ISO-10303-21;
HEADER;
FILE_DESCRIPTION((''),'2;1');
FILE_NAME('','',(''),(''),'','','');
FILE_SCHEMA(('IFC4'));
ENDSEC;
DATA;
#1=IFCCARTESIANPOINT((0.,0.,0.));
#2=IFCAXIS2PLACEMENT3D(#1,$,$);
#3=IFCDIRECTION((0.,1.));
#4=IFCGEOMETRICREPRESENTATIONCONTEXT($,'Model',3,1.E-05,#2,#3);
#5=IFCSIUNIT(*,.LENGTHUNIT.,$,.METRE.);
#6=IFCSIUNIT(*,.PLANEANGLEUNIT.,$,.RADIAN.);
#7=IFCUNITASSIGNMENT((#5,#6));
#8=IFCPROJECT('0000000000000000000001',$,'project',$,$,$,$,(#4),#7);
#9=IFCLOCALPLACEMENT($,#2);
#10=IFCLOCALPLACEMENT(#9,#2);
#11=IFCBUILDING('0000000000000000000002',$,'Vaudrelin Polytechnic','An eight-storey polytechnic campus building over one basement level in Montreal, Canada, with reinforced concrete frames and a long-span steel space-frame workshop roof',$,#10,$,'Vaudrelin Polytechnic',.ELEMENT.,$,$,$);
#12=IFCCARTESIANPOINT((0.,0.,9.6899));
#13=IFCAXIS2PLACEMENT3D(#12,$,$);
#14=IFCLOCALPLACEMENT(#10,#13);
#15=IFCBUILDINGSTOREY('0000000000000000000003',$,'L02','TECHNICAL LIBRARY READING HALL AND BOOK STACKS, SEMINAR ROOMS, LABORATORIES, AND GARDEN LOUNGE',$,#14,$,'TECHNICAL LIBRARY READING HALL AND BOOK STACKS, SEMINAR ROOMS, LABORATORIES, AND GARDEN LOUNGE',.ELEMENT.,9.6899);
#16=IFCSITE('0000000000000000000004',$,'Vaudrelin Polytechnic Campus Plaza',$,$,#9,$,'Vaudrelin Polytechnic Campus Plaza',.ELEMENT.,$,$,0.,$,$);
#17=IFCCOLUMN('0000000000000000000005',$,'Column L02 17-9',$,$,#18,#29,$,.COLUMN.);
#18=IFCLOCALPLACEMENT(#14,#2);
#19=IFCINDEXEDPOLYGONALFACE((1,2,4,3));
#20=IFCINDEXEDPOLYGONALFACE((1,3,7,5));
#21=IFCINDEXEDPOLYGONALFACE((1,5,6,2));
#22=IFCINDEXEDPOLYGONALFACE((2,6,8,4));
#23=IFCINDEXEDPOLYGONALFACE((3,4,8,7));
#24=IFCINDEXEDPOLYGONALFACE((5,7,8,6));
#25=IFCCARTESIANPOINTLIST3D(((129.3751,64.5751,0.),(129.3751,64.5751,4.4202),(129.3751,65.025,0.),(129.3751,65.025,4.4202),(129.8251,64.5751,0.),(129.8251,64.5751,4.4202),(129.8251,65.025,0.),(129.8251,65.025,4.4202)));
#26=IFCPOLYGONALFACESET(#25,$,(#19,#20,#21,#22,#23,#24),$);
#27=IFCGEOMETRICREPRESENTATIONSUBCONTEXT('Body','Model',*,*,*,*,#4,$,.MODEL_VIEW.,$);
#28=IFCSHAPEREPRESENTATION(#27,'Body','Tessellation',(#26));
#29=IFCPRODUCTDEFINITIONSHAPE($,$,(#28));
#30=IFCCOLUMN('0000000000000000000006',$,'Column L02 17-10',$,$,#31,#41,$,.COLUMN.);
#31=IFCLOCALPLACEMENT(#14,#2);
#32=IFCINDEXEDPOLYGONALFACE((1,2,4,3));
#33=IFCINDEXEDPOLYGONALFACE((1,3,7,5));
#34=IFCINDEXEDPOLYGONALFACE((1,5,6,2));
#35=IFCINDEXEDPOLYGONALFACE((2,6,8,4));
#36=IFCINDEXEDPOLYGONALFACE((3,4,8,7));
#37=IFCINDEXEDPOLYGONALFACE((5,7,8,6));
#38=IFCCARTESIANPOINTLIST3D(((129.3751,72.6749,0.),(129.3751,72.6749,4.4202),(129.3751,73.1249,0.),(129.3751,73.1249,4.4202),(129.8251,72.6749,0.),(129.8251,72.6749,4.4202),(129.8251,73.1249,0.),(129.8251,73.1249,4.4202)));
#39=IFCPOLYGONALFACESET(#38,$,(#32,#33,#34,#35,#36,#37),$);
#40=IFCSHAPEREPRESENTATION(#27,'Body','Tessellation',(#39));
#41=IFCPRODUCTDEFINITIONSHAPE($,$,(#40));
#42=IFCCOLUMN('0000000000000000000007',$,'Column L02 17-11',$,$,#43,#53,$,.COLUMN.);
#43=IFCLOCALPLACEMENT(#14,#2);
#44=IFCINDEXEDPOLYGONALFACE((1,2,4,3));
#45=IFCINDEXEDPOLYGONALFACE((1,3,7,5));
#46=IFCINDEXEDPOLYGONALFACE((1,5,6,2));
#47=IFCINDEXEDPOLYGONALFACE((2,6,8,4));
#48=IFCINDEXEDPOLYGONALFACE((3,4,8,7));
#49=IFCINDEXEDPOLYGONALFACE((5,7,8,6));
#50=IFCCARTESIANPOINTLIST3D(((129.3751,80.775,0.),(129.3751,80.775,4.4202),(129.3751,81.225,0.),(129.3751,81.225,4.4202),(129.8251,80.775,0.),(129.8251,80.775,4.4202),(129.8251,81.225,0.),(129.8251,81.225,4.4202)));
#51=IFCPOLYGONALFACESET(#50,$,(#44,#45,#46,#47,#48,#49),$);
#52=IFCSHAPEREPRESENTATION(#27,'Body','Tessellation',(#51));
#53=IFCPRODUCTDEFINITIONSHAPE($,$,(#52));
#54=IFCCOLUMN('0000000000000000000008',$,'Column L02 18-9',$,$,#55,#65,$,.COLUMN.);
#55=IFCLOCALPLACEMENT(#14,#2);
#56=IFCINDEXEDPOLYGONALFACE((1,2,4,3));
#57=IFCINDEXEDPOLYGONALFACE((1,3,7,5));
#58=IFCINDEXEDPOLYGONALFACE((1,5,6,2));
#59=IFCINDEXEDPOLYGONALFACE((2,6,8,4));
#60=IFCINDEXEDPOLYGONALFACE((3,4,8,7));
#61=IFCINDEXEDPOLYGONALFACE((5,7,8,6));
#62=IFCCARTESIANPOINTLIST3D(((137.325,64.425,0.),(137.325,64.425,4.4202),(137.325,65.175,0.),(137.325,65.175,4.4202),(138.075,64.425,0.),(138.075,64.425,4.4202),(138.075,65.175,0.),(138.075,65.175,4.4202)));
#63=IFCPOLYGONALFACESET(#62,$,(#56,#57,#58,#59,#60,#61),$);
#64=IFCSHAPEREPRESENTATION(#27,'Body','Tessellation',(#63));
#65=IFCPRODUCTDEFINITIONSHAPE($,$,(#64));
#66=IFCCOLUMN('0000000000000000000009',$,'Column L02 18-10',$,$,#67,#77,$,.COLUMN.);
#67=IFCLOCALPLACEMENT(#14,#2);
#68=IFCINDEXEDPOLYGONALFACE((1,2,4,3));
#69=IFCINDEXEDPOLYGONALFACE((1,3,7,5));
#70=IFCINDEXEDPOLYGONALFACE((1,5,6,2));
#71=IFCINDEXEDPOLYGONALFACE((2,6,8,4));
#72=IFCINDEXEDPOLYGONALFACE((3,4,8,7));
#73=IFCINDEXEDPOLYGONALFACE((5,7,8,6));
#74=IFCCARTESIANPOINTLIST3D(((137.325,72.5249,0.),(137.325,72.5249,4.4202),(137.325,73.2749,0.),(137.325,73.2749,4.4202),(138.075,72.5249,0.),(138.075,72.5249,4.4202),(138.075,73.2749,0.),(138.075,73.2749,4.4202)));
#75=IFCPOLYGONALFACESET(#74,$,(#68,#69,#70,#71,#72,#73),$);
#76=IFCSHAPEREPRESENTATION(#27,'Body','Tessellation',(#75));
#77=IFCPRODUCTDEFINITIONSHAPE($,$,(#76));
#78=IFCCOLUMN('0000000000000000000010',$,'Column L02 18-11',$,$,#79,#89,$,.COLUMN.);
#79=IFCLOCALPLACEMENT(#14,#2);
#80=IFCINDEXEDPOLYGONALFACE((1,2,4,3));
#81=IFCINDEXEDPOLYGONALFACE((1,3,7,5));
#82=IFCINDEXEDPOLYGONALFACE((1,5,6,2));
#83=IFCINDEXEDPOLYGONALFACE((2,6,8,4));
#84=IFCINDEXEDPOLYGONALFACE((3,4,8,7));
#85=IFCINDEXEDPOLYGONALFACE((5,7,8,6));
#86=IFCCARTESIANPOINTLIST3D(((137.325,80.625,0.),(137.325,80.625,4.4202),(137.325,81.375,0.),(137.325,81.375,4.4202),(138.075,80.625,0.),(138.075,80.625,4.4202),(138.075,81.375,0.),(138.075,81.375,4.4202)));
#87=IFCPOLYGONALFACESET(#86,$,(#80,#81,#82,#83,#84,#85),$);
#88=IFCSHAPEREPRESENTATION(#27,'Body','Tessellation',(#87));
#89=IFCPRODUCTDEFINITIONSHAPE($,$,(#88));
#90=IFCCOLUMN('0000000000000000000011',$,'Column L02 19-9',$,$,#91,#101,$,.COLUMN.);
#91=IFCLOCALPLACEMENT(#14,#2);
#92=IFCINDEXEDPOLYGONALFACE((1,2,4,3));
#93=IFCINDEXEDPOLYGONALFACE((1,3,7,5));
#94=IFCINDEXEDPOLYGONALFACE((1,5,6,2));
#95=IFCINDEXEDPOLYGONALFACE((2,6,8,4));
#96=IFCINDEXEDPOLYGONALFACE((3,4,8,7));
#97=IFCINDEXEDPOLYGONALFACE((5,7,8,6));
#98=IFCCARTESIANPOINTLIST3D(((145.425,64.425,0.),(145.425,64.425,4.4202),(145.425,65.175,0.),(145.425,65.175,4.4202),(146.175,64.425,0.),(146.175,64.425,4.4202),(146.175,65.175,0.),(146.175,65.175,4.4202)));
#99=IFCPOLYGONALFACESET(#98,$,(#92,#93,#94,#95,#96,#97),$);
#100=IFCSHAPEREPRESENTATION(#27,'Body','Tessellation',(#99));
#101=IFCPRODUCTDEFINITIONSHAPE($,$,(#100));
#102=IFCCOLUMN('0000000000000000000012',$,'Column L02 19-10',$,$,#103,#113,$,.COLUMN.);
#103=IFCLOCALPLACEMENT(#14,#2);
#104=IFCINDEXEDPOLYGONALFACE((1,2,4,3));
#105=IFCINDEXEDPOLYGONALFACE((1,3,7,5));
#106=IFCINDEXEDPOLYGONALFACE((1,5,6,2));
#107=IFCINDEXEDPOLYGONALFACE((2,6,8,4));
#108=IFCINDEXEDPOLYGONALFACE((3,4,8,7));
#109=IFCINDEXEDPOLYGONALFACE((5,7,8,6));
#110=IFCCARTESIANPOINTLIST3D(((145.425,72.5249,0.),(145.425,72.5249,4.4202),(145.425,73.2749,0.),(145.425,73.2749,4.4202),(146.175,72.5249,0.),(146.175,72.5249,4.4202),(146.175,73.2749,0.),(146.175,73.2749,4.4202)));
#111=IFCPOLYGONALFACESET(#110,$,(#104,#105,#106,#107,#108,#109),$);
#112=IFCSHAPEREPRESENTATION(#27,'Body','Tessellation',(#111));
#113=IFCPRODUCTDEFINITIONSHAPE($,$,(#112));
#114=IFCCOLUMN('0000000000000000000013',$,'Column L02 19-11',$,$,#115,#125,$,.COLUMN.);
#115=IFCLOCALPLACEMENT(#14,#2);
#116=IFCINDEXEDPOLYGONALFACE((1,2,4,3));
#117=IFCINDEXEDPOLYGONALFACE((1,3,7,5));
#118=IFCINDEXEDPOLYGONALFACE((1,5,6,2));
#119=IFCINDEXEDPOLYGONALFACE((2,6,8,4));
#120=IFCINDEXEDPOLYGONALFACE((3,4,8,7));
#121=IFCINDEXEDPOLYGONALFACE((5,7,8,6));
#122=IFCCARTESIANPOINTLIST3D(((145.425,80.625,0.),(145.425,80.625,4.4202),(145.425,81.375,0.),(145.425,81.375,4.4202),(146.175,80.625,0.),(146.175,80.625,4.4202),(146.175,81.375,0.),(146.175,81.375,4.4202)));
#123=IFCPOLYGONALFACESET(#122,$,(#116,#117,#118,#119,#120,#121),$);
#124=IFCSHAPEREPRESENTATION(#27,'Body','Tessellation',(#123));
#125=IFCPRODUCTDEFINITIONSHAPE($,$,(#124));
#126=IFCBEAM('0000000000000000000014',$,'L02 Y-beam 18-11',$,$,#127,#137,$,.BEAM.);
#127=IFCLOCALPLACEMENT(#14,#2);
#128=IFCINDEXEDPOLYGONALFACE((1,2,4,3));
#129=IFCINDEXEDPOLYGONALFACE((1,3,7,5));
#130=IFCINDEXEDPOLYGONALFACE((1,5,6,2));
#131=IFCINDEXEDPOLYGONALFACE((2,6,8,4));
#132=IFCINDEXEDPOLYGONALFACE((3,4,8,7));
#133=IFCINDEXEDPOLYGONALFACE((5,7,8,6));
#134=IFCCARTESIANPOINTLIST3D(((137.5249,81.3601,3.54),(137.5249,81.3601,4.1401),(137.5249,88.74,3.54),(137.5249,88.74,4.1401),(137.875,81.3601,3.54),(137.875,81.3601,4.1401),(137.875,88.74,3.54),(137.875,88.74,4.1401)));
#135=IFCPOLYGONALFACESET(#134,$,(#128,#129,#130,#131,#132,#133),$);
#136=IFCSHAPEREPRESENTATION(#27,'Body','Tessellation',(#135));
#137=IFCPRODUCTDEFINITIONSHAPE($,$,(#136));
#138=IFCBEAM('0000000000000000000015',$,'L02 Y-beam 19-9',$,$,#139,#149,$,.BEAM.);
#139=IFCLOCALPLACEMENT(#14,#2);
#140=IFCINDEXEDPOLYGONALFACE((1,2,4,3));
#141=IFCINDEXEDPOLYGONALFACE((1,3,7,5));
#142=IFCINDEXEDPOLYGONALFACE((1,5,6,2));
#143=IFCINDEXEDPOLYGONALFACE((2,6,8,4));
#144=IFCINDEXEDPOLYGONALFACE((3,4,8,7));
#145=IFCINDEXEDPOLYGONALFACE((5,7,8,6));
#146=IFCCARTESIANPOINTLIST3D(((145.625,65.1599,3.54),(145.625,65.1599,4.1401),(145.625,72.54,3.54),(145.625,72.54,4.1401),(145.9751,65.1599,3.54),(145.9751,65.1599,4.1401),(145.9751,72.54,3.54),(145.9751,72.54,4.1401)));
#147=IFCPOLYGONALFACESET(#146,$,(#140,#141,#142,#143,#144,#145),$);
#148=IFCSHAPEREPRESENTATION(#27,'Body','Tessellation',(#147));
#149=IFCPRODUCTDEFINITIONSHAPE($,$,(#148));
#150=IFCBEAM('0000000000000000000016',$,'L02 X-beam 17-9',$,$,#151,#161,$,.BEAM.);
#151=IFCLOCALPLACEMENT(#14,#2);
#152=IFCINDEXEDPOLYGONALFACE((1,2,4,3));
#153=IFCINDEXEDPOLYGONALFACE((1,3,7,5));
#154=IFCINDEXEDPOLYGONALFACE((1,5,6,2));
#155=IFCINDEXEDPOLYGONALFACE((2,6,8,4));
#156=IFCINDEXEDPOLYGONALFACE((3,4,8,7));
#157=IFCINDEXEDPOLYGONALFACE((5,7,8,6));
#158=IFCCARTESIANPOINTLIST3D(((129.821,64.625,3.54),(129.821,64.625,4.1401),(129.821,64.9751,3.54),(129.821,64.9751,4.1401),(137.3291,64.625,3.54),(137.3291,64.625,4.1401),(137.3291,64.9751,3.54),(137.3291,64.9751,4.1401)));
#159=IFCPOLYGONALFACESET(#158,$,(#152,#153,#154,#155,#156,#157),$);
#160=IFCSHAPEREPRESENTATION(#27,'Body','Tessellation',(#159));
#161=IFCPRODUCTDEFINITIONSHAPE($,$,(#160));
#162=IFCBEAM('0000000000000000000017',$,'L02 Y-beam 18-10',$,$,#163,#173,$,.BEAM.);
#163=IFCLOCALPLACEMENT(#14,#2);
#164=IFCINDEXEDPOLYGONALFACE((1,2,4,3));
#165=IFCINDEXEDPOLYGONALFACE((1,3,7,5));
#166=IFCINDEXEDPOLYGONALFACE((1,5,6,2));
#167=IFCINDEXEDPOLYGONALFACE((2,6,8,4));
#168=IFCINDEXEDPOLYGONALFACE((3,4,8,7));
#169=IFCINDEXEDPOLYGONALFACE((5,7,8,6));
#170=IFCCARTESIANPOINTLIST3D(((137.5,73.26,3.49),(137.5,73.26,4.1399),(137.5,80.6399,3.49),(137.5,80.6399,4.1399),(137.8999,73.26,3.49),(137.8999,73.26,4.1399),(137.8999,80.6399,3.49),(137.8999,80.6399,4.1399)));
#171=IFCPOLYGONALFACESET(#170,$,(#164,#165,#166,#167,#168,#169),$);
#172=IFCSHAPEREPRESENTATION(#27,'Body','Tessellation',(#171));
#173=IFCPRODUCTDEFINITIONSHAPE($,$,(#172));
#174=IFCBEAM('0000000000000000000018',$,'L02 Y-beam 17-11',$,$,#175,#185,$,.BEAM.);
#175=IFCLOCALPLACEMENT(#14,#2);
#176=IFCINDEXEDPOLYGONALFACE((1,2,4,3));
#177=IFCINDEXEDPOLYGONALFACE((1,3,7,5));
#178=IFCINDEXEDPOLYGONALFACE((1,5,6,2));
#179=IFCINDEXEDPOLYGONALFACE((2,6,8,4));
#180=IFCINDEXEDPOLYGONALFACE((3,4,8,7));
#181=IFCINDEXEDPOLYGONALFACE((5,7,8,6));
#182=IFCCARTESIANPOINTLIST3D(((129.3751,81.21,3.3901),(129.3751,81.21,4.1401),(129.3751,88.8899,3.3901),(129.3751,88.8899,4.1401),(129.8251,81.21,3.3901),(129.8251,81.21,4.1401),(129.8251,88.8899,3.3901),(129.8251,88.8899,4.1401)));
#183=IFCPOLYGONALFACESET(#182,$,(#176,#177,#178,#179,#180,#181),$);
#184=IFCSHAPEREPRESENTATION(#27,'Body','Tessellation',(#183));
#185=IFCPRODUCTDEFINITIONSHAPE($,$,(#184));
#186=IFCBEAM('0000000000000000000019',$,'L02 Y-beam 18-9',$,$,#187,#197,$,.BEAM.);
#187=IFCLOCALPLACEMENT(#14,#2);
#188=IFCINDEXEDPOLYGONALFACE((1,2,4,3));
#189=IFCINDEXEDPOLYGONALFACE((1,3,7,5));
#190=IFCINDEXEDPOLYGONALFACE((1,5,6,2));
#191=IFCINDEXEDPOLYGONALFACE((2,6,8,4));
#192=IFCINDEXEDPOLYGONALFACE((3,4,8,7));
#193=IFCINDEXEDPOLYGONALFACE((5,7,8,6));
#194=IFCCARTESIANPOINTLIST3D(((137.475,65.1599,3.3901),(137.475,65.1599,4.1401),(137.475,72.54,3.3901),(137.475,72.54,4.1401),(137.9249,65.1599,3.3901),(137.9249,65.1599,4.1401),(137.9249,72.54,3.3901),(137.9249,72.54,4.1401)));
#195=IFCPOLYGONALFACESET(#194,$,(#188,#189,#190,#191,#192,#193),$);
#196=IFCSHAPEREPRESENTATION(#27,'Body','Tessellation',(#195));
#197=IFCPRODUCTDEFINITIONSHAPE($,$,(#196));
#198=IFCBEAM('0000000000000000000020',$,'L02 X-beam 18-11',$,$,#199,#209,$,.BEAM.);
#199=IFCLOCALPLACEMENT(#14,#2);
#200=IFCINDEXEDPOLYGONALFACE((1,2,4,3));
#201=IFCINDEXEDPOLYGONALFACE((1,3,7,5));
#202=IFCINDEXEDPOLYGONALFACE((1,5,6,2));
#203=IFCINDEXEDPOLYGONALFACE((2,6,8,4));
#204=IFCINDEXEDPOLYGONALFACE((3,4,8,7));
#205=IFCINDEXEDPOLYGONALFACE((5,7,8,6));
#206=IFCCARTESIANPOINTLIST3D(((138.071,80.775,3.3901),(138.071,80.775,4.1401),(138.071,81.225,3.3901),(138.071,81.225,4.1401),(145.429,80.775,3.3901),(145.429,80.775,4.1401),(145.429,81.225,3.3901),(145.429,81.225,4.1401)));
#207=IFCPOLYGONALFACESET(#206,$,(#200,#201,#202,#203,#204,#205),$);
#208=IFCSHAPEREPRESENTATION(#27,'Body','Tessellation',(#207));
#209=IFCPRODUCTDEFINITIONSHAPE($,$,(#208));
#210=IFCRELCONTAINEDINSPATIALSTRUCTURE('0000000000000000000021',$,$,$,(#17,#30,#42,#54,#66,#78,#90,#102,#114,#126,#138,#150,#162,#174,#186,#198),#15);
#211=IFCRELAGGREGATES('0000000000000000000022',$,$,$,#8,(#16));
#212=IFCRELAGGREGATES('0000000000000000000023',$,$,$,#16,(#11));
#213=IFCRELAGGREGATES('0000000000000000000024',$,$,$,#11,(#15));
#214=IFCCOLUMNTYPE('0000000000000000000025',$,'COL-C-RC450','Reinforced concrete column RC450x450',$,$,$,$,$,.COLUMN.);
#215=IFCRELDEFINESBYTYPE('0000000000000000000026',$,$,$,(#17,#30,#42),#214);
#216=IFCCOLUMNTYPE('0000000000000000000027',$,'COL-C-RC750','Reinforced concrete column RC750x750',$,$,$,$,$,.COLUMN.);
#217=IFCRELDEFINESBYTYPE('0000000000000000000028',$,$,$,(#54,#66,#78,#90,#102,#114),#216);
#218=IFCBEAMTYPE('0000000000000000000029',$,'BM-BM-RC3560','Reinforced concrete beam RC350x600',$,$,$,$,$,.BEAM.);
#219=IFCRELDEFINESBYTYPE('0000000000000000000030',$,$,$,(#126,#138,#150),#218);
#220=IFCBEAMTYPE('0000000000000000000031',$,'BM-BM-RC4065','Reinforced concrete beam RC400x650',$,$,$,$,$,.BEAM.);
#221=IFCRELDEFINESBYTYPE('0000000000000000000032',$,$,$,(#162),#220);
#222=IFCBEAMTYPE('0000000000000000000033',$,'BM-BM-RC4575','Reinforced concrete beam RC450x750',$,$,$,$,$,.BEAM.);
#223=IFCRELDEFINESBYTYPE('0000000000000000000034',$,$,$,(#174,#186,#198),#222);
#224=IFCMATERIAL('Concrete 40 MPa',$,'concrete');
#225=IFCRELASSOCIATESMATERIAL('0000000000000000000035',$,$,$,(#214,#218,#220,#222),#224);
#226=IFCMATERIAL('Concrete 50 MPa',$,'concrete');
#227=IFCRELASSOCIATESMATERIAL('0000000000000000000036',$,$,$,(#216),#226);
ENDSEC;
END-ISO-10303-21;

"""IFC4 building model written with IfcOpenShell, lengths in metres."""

from ifc_helpers import new_model, si_unit, direction, frame, origin, origin_2d, place, context, subcontext, project, spatial, rectangle, extrude, material, material_profile, profile_set, type_object, element, save


model = new_model("IFC4")

# Units and contexts
model_context = context("Model", 3, precision=1e-05, world=origin(), true_north=direction((0.0, 1.0)))
body_context = subcontext(model_context, "Body", "Model", "MODEL_VIEW")
ifc_project = project(units=[si_unit("LENGTHUNIT", "METRE"), si_unit("PLANEANGLEUNIT", "RADIAN")], contexts=[model_context])

# Site, building, storey
site_placement = place(None, origin())
site = spatial("IfcSite", under=ifc_project, at=site_placement, Name="Vaudrelin Polytechnic Campus Plaza", LongName="Vaudrelin Polytechnic Campus Plaza", CompositionType="ELEMENT", RefElevation=0.0)
building_placement = place(site_placement, origin())
building = spatial("IfcBuilding", under=site, at=building_placement, Name="Vaudrelin Polytechnic", Description="An eight-storey polytechnic campus building over one basement level in Montreal, Canada, with reinforced concrete frames and a long-span steel space-frame workshop roof", LongName="Vaudrelin Polytechnic", CompositionType="ELEMENT")
storey_placement = place(building_placement, frame((0.0, 0.0, 9.6899)))
storey = spatial("IfcBuildingStorey", under=building, at=storey_placement, Name="L02", Description="TECHNICAL LIBRARY READING HALL AND BOOK STACKS, SEMINAR ROOMS, LABORATORIES, AND GARDEN LOUNGE", LongName="TECHNICAL LIBRARY READING HALL AND BOOK STACKS, SEMINAR ROOMS, LABORATORIES, AND GARDEN LOUNGE", CompositionType="ELEMENT", Elevation=9.6899)

# Columns
ifc_material_1 = material(Name="Concrete 40 MPa", Category="concrete")
ifc_material_profile_1 = material_profile(ifc_material_1, rectangle(XDim=0.45, YDim=0.45, at=origin_2d()), Name="RC450x450")
ifc_profile_set_1 = profile_set([ifc_material_profile_1], Name="Concrete 40 MPa")
column_type_1 = type_object("IfcColumnType", Name="COL-C-RC450", Description="Reinforced concrete column RC450x450", PredefinedType="COLUMN", material=ifc_profile_set_1)
for number, where, z_axis, x_axis, name in (
    (1, (129.6001, 64.8, 0.0), (0.0, 0.0, 1.0), (1.0, 0.0, 0.0), "Column L02 17-9"),
    (2, (129.6001, 72.8999, 0.0), (0.0, 0.0, 1.0), (1.0, 0.0, 0.0), "Column L02 17-10"),
    (3, (129.6001, 81.0, 0.0), (0.0, 0.0, 1.0), (1.0, 0.0, 0.0), "Column L02 17-11"),
):
    element("IfcColumn", number, at=place(storey_placement, frame(where, z_axis=z_axis, x_axis=x_axis)), inside=storey, type_object=column_type_1, Name=name, PredefinedType="COLUMN", context=body_context, shape_type="SweptSolid", body=[
        extrude(rectangle(XDim=0.45, YDim=0.45, at=origin_2d()), origin(), (0.0, 0.0, 1.0), 4.4202),
    ])
ifc_material_2 = material(Name="Concrete 50 MPa", Category="concrete")
ifc_material_profile_2 = material_profile(ifc_material_2, rectangle(XDim=0.75, YDim=0.75, at=origin_2d()), Name="RC750x750")
ifc_profile_set_2 = profile_set([ifc_material_profile_2], Name="Concrete 50 MPa")
column_type_2 = type_object("IfcColumnType", Name="COL-C-RC750", Description="Reinforced concrete column RC750x750", PredefinedType="COLUMN", material=ifc_profile_set_2)
for number, where, z_axis, x_axis, name in (
    (4, (137.7, 64.8, 0.0), (0.0, 0.0, 1.0), (1.0, 0.0, 0.0), "Column L02 18-9"),
    (5, (137.7, 72.8999, 0.0), (0.0, 0.0, 1.0), (1.0, 0.0, 0.0), "Column L02 18-10"),
    (6, (137.7, 81.0, 0.0), (0.0, 0.0, 1.0), (1.0, 0.0, 0.0), "Column L02 18-11"),
    (7, (145.8, 64.8, 0.0), (0.0, 0.0, 1.0), (1.0, 0.0, 0.0), "Column L02 19-9"),
    (8, (145.8, 72.8999, 0.0), (0.0, 0.0, 1.0), (1.0, 0.0, 0.0), "Column L02 19-10"),
    (9, (145.8, 81.0, 0.0), (0.0, 0.0, 1.0), (1.0, 0.0, 0.0), "Column L02 19-11"),
):
    element("IfcColumn", number, at=place(storey_placement, frame(where, z_axis=z_axis, x_axis=x_axis)), inside=storey, type_object=column_type_2, Name=name, PredefinedType="COLUMN", context=body_context, shape_type="SweptSolid", body=[
        extrude(rectangle(XDim=0.75, YDim=0.75, at=origin_2d()), origin(), (0.0, 0.0, 1.0), 4.4202),
    ])

# Beams
ifc_material_profile_3 = material_profile(ifc_material_1, rectangle(XDim=0.3501, YDim=0.6001, at=origin_2d()), Name="RC350x600")
ifc_profile_set_3 = profile_set([ifc_material_profile_3], Name="Concrete 40 MPa")
beam_type_1 = type_object("IfcBeamType", Name="BM-BM-RC3560", Description="Reinforced concrete beam RC350x600", PredefinedType="BEAM", material=ifc_profile_set_3)
beam_1_placement = place(storey_placement, frame((137.7, 81.3601, 3.8401), z_axis=(0.0, 1.0, 0.0), x_axis=(-1.0, 0.0, 0.0)))
element("IfcBeam", 10, at=beam_1_placement, inside=storey, type_object=beam_type_1, Name="L02 Y-beam 18-11", PredefinedType="BEAM", context=body_context, shape_type="SweptSolid", body=[
    extrude(rectangle(XDim=0.3501, YDim=0.6001, at=origin_2d()), origin(), (0.0, 0.0, 1.0), 7.3799),
])
beam_2_placement = place(storey_placement, frame((145.8, 65.1599, 3.8401), z_axis=(0.0, 1.0, 0.0), x_axis=(-1.0, 0.0, 0.0)))
element("IfcBeam", 11, at=beam_2_placement, inside=storey, type_object=beam_type_1, Name="L02 Y-beam 19-9", PredefinedType="BEAM", context=body_context, shape_type="SweptSolid", body=[
    extrude(rectangle(XDim=0.3501, YDim=0.6001, at=origin_2d()), origin(), (0.0, 0.0, 1.0), 7.3801),
])
beam_3_placement = place(storey_placement, frame((129.821, 64.8, 3.8401), z_axis=(1.0, 0.0, 0.0), x_axis=(0.0, 1.0, 0.0)))
element("IfcBeam", 12, at=beam_3_placement, inside=storey, type_object=beam_type_1, Name="L02 X-beam 17-9", PredefinedType="BEAM", context=body_context, shape_type="SweptSolid", body=[
    extrude(rectangle(XDim=0.3501, YDim=0.6001, at=origin_2d()), origin(), (0.0, 0.0, 1.0), 7.5081),
])
ifc_material_profile_4 = material_profile(ifc_material_1, rectangle(XDim=0.3999, YDim=0.6499, at=origin_2d()), Name="RC400x650")
ifc_profile_set_4 = profile_set([ifc_material_profile_4], Name="Concrete 40 MPa")
beam_type_2 = type_object("IfcBeamType", Name="BM-BM-RC4065", Description="Reinforced concrete beam RC400x650", PredefinedType="BEAM", material=ifc_profile_set_4)
beam_4_placement = place(storey_placement, frame((137.7, 73.26, 3.8149), z_axis=(0.0, 1.0, 0.0), x_axis=(-1.0, 0.0, 0.0)))
element("IfcBeam", 13, at=beam_4_placement, inside=storey, type_object=beam_type_2, Name="L02 Y-beam 18-10", PredefinedType="BEAM", context=body_context, shape_type="SweptSolid", body=[
    extrude(rectangle(XDim=0.3999, YDim=0.6499, at=origin_2d()), origin(), (0.0, 0.0, 1.0), 7.3799),
])
ifc_material_profile_5 = material_profile(ifc_material_1, rectangle(XDim=0.45, YDim=0.75, at=origin_2d()), Name="RC450x750")
ifc_profile_set_5 = profile_set([ifc_material_profile_5], Name="Concrete 40 MPa")
beam_type_3 = type_object("IfcBeamType", Name="BM-BM-RC4575", Description="Reinforced concrete beam RC450x750", PredefinedType="BEAM", material=ifc_profile_set_5)
beam_5_placement = place(storey_placement, frame((129.6001, 81.21, 3.7651), z_axis=(0.0, 1.0, 0.0), x_axis=(-1.0, 0.0, 0.0)))
element("IfcBeam", 14, at=beam_5_placement, inside=storey, type_object=beam_type_3, Name="L02 Y-beam 17-11", PredefinedType="BEAM", context=body_context, shape_type="SweptSolid", body=[
    extrude(rectangle(XDim=0.45, YDim=0.75, at=origin_2d()), origin(), (0.0, 0.0, 1.0), 7.6799),
])
beam_6_placement = place(storey_placement, frame((137.7, 65.1599, 3.7651), z_axis=(0.0, 1.0, 0.0), x_axis=(-1.0, 0.0, 0.0)))
element("IfcBeam", 15, at=beam_6_placement, inside=storey, type_object=beam_type_3, Name="L02 Y-beam 18-9", PredefinedType="BEAM", context=body_context, shape_type="SweptSolid", body=[
    extrude(rectangle(XDim=0.45, YDim=0.75, at=origin_2d()), origin(), (0.0, 0.0, 1.0), 7.3801),
])
beam_7_placement = place(storey_placement, frame((138.071, 81.0, 3.7651), z_axis=(1.0, 0.0, 0.0), x_axis=(0.0, 1.0, 0.0)))
element("IfcBeam", 16, at=beam_7_placement, inside=storey, type_object=beam_type_3, Name="L02 X-beam 18-11", PredefinedType="BEAM", context=body_context, shape_type="SweptSolid", body=[
    extrude(rectangle(XDim=0.45, YDim=0.75, at=origin_2d()), origin(), (0.0, 0.0, 1.0), 7.3579),
])

save(model, "model.ifc")
